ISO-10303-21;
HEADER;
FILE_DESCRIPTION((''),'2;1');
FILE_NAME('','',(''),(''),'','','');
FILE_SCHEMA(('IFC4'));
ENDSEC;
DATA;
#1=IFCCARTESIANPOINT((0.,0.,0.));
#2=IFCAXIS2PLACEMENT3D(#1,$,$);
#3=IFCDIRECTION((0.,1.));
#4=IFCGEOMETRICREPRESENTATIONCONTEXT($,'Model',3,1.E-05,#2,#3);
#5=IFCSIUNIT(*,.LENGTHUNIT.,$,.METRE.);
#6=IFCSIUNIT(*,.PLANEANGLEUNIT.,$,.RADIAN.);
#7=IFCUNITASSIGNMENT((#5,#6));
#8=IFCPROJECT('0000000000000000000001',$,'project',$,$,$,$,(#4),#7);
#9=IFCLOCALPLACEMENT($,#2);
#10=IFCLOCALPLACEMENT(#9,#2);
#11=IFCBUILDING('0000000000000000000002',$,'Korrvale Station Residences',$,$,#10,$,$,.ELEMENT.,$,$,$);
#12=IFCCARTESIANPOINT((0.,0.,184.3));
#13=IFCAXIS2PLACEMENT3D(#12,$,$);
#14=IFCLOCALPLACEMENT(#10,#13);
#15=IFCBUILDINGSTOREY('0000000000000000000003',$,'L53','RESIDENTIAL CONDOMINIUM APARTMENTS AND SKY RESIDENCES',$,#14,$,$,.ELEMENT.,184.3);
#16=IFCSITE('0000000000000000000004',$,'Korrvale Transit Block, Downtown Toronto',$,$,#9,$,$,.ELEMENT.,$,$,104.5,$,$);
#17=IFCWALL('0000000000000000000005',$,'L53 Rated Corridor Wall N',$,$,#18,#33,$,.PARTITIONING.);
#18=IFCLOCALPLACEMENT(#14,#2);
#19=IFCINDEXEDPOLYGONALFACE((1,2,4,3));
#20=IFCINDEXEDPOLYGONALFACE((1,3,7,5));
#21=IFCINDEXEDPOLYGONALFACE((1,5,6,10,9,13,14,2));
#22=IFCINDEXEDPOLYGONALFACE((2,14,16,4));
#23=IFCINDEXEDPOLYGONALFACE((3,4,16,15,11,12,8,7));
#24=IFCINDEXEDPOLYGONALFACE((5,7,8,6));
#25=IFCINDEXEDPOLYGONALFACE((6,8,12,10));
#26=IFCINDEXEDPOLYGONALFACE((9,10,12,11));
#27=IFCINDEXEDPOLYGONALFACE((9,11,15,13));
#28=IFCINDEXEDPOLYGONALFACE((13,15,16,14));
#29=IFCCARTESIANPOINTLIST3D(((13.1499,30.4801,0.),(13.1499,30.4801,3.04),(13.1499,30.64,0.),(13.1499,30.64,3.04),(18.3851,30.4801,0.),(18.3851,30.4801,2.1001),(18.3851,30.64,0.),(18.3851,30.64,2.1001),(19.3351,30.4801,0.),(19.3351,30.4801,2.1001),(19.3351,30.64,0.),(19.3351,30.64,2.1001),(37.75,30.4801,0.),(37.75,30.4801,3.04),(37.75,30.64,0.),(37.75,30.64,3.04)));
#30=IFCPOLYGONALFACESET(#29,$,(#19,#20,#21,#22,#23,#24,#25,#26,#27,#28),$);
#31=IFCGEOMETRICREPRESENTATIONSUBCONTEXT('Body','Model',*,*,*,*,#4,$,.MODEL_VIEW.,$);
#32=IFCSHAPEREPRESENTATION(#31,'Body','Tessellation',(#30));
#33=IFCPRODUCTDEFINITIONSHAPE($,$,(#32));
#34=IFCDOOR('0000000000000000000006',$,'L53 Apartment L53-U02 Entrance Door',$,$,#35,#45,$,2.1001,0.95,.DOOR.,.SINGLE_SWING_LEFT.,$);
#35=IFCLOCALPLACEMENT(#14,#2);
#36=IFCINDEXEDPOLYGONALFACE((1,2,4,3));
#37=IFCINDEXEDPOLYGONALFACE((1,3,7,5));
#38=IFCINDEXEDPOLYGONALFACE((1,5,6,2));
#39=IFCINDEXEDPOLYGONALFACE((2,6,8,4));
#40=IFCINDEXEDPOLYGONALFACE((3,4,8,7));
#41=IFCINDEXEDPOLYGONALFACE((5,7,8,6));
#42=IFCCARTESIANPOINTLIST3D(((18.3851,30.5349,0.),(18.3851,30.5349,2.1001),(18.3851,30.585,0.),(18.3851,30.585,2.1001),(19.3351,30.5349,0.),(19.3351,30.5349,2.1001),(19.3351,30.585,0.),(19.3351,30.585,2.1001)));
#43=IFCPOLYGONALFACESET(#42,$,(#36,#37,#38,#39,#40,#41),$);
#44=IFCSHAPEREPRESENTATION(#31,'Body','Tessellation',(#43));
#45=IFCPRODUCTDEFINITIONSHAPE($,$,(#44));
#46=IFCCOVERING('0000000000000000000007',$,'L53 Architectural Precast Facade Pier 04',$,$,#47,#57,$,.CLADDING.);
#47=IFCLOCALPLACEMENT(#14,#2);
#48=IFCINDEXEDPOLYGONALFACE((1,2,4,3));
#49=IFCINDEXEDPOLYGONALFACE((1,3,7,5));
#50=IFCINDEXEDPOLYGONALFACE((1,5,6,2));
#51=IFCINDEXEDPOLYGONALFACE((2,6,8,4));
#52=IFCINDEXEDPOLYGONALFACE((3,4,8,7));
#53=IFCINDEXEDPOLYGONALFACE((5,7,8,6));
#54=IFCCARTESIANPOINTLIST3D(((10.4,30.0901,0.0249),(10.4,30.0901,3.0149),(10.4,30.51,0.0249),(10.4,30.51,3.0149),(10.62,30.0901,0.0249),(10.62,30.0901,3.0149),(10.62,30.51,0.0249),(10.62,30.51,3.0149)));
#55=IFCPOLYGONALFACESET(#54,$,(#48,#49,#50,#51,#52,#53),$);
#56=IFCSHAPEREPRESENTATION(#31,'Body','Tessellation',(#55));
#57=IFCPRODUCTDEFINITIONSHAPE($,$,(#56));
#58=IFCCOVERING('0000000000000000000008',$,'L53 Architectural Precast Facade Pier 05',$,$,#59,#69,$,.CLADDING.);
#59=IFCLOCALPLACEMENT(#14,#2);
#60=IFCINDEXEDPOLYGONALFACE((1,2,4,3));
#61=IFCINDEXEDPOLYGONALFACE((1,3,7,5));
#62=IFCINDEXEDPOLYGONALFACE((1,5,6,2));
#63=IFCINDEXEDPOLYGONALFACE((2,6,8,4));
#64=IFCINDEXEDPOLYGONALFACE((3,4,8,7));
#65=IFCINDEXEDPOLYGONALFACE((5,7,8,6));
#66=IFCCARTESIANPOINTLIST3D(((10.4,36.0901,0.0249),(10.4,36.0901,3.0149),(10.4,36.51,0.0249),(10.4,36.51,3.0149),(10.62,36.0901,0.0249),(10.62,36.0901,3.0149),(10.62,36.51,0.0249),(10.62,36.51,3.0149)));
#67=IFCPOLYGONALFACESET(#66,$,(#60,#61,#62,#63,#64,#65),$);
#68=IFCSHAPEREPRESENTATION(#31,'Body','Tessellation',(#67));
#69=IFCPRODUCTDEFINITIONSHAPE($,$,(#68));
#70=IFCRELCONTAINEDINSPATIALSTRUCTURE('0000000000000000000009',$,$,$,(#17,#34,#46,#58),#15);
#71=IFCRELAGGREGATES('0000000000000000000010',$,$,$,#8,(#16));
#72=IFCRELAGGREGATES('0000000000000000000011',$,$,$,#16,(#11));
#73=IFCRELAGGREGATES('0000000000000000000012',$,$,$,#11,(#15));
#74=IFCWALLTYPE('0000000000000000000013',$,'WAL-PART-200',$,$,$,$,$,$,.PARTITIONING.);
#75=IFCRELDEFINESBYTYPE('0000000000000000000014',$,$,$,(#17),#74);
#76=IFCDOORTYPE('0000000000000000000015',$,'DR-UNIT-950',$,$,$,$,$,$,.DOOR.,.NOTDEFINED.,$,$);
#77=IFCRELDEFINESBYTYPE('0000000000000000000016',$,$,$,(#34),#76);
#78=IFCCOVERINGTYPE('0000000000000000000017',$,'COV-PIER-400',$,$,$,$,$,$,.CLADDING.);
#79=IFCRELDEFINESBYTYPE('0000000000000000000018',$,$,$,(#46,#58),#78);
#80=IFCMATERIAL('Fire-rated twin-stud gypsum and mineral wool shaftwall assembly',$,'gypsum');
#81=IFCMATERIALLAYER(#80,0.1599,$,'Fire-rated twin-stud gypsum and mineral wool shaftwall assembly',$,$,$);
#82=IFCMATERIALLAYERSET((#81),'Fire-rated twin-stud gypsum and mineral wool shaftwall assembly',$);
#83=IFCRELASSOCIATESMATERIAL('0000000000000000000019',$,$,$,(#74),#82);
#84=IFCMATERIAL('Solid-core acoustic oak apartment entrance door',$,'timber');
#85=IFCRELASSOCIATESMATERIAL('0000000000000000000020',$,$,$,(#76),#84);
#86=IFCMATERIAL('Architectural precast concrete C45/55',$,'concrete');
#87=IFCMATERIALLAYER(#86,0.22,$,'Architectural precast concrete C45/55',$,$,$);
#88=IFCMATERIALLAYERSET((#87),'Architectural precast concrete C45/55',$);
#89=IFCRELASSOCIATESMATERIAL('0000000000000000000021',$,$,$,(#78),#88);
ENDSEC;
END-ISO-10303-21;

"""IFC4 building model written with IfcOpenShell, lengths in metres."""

from ifc_helpers import new_model, si_unit, direction, frame, frame_2d, origin, origin_2d, place, context, subcontext, project, spatial, rectangle, extrude, material, layer, layer_set, type_object, element, fill, save


model = new_model("IFC4")

# Units and contexts
model_context = context("Model", 3, precision=1e-05, world=origin(), true_north=direction((0.0, 1.0)))
body_context = subcontext(model_context, "Body", "Model", "MODEL_VIEW")
ifc_project = project(units=[si_unit("LENGTHUNIT", "METRE"), si_unit("PLANEANGLEUNIT", "RADIAN")], contexts=[model_context])

# Site, building, storey
site_placement = place(None, origin())
site = spatial("IfcSite", under=ifc_project, at=site_placement, Name="Korrvale Transit Block, Downtown Toronto", CompositionType="ELEMENT", RefElevation=104.5)
building_placement = place(site_placement, origin())
building = spatial("IfcBuilding", under=site, at=building_placement, Name="Korrvale Station Residences", CompositionType="ELEMENT")
storey_placement = place(building_placement, frame((0.0, 0.0, 184.3)))
storey = spatial("IfcBuildingStorey", under=building, at=storey_placement, Name="L53", Description="RESIDENTIAL CONDOMINIUM APARTMENTS AND SKY RESIDENCES", CompositionType="ELEMENT", Elevation=184.3)

# Shared definitions
ifc_material_1 = material(Name="Fire-rated twin-stud gypsum and mineral wool shaftwall assembly", Category="gypsum")
ifc_layer_1 = layer(ifc_material_1, 0.1599, Name="Fire-rated twin-stud gypsum and mineral wool shaftwall assembly")
ifc_layer_set_1 = layer_set([ifc_layer_1], Name="Fire-rated twin-stud gypsum and mineral wool shaftwall assembly")
wall_type_1 = type_object("IfcWallType", Name="WAL-PART-200", PredefinedType="PARTITIONING", material=ifc_layer_set_1)

# Wall, opening, door
wall_1_placement = place(storey_placement, frame((13.1499, 30.5601, 0.0), z_axis=(0.0, 0.0, 1.0), x_axis=(1.0, 0.0, 0.0)))
wall_1 = element("IfcWall", 1, at=wall_1_placement, inside=storey, type_object=wall_type_1, Name="L53 Rated Corridor Wall N", PredefinedType="PARTITIONING", context=body_context, shape_type="SweptSolid", body=[
    extrude(rectangle(XDim=24.6001, YDim=0.1599, at=frame_2d((12.3, 0.0))), origin(), (0.0, 0.0, 1.0), 3.04),
])
opening_1_placement = place(wall_1_placement, frame((5.2351, 0.0, 0.0)))
opening_1 = element("IfcOpeningElement", 2, at=opening_1_placement, cuts=wall_1, PredefinedType="OPENING", context=body_context, shape_type="SweptSolid", body=[
    extrude(rectangle(XDim=0.95, YDim=2.1001, at=frame_2d((0.4751, 1.05))), frame((0.0, 0.0898, 0.0), z_axis=(0.0, -1.0, 0.0), x_axis=(1.0, 0.0, 0.0)), (0.0, 0.0, 1.0), 0.1799),
])
ifc_material_2 = material(Name="Solid-core acoustic oak apartment entrance door", Category="timber")
door_type_1 = type_object("IfcDoorType", Name="DR-UNIT-950", OperationType="NOTDEFINED", PredefinedType="DOOR", material=ifc_material_2)
door_1_placement = place(opening_1_placement, origin())
door_1 = element("IfcDoor", 3, at=door_1_placement, inside=storey, type_object=door_type_1, Name="L53 Apartment L53-U02 Entrance Door", OperationType="SINGLE_SWING_LEFT", OverallHeight=2.1001, OverallWidth=0.95, PredefinedType="DOOR", context=body_context, shape_type="SweptSolid", body=[
    extrude(rectangle(XDim=0.95, YDim=2.1001, at=frame_2d((0.4751, 1.05))), frame((0.0, 0.0249, 0.0), z_axis=(0.0, -1.0, 0.0), x_axis=(1.0, 0.0, 0.0)), (0.0, 0.0, 1.0), 0.05),
])
fill(opening_1, door_1)

# Coverings
ifc_material_3 = material(Name="Architectural precast concrete C45/55", Category="concrete")
ifc_layer_2 = layer(ifc_material_3, 0.22, Name="Architectural precast concrete C45/55")
ifc_layer_set_2 = layer_set([ifc_layer_2], Name="Architectural precast concrete C45/55")
covering_type = type_object("IfcCoveringType", Name="COV-PIER-400", PredefinedType="CLADDING", material=ifc_layer_set_2)
for number, where, z_axis, x_axis, name in (
    (4, (10.51, 30.3, 0.0249), (0.0, 0.0, 1.0), (0.0, 1.0, 0.0), "L53 Architectural Precast Facade Pier 04"),
    (5, (10.51, 36.3, 0.0249), (0.0, 0.0, 1.0), (0.0, 1.0, 0.0), "L53 Architectural Precast Facade Pier 05"),
):
    element("IfcCovering", number, at=place(storey_placement, frame(where, z_axis=z_axis, x_axis=x_axis)), inside=storey, type_object=covering_type, Name=name, PredefinedType="CLADDING", context=body_context, shape_type="SweptSolid", body=[
        extrude(rectangle(XDim=0.4199, YDim=0.22, at=origin_2d()), origin(), (0.0, 0.0, 1.0), 2.99),
    ])

save(model, "model.ifc")
